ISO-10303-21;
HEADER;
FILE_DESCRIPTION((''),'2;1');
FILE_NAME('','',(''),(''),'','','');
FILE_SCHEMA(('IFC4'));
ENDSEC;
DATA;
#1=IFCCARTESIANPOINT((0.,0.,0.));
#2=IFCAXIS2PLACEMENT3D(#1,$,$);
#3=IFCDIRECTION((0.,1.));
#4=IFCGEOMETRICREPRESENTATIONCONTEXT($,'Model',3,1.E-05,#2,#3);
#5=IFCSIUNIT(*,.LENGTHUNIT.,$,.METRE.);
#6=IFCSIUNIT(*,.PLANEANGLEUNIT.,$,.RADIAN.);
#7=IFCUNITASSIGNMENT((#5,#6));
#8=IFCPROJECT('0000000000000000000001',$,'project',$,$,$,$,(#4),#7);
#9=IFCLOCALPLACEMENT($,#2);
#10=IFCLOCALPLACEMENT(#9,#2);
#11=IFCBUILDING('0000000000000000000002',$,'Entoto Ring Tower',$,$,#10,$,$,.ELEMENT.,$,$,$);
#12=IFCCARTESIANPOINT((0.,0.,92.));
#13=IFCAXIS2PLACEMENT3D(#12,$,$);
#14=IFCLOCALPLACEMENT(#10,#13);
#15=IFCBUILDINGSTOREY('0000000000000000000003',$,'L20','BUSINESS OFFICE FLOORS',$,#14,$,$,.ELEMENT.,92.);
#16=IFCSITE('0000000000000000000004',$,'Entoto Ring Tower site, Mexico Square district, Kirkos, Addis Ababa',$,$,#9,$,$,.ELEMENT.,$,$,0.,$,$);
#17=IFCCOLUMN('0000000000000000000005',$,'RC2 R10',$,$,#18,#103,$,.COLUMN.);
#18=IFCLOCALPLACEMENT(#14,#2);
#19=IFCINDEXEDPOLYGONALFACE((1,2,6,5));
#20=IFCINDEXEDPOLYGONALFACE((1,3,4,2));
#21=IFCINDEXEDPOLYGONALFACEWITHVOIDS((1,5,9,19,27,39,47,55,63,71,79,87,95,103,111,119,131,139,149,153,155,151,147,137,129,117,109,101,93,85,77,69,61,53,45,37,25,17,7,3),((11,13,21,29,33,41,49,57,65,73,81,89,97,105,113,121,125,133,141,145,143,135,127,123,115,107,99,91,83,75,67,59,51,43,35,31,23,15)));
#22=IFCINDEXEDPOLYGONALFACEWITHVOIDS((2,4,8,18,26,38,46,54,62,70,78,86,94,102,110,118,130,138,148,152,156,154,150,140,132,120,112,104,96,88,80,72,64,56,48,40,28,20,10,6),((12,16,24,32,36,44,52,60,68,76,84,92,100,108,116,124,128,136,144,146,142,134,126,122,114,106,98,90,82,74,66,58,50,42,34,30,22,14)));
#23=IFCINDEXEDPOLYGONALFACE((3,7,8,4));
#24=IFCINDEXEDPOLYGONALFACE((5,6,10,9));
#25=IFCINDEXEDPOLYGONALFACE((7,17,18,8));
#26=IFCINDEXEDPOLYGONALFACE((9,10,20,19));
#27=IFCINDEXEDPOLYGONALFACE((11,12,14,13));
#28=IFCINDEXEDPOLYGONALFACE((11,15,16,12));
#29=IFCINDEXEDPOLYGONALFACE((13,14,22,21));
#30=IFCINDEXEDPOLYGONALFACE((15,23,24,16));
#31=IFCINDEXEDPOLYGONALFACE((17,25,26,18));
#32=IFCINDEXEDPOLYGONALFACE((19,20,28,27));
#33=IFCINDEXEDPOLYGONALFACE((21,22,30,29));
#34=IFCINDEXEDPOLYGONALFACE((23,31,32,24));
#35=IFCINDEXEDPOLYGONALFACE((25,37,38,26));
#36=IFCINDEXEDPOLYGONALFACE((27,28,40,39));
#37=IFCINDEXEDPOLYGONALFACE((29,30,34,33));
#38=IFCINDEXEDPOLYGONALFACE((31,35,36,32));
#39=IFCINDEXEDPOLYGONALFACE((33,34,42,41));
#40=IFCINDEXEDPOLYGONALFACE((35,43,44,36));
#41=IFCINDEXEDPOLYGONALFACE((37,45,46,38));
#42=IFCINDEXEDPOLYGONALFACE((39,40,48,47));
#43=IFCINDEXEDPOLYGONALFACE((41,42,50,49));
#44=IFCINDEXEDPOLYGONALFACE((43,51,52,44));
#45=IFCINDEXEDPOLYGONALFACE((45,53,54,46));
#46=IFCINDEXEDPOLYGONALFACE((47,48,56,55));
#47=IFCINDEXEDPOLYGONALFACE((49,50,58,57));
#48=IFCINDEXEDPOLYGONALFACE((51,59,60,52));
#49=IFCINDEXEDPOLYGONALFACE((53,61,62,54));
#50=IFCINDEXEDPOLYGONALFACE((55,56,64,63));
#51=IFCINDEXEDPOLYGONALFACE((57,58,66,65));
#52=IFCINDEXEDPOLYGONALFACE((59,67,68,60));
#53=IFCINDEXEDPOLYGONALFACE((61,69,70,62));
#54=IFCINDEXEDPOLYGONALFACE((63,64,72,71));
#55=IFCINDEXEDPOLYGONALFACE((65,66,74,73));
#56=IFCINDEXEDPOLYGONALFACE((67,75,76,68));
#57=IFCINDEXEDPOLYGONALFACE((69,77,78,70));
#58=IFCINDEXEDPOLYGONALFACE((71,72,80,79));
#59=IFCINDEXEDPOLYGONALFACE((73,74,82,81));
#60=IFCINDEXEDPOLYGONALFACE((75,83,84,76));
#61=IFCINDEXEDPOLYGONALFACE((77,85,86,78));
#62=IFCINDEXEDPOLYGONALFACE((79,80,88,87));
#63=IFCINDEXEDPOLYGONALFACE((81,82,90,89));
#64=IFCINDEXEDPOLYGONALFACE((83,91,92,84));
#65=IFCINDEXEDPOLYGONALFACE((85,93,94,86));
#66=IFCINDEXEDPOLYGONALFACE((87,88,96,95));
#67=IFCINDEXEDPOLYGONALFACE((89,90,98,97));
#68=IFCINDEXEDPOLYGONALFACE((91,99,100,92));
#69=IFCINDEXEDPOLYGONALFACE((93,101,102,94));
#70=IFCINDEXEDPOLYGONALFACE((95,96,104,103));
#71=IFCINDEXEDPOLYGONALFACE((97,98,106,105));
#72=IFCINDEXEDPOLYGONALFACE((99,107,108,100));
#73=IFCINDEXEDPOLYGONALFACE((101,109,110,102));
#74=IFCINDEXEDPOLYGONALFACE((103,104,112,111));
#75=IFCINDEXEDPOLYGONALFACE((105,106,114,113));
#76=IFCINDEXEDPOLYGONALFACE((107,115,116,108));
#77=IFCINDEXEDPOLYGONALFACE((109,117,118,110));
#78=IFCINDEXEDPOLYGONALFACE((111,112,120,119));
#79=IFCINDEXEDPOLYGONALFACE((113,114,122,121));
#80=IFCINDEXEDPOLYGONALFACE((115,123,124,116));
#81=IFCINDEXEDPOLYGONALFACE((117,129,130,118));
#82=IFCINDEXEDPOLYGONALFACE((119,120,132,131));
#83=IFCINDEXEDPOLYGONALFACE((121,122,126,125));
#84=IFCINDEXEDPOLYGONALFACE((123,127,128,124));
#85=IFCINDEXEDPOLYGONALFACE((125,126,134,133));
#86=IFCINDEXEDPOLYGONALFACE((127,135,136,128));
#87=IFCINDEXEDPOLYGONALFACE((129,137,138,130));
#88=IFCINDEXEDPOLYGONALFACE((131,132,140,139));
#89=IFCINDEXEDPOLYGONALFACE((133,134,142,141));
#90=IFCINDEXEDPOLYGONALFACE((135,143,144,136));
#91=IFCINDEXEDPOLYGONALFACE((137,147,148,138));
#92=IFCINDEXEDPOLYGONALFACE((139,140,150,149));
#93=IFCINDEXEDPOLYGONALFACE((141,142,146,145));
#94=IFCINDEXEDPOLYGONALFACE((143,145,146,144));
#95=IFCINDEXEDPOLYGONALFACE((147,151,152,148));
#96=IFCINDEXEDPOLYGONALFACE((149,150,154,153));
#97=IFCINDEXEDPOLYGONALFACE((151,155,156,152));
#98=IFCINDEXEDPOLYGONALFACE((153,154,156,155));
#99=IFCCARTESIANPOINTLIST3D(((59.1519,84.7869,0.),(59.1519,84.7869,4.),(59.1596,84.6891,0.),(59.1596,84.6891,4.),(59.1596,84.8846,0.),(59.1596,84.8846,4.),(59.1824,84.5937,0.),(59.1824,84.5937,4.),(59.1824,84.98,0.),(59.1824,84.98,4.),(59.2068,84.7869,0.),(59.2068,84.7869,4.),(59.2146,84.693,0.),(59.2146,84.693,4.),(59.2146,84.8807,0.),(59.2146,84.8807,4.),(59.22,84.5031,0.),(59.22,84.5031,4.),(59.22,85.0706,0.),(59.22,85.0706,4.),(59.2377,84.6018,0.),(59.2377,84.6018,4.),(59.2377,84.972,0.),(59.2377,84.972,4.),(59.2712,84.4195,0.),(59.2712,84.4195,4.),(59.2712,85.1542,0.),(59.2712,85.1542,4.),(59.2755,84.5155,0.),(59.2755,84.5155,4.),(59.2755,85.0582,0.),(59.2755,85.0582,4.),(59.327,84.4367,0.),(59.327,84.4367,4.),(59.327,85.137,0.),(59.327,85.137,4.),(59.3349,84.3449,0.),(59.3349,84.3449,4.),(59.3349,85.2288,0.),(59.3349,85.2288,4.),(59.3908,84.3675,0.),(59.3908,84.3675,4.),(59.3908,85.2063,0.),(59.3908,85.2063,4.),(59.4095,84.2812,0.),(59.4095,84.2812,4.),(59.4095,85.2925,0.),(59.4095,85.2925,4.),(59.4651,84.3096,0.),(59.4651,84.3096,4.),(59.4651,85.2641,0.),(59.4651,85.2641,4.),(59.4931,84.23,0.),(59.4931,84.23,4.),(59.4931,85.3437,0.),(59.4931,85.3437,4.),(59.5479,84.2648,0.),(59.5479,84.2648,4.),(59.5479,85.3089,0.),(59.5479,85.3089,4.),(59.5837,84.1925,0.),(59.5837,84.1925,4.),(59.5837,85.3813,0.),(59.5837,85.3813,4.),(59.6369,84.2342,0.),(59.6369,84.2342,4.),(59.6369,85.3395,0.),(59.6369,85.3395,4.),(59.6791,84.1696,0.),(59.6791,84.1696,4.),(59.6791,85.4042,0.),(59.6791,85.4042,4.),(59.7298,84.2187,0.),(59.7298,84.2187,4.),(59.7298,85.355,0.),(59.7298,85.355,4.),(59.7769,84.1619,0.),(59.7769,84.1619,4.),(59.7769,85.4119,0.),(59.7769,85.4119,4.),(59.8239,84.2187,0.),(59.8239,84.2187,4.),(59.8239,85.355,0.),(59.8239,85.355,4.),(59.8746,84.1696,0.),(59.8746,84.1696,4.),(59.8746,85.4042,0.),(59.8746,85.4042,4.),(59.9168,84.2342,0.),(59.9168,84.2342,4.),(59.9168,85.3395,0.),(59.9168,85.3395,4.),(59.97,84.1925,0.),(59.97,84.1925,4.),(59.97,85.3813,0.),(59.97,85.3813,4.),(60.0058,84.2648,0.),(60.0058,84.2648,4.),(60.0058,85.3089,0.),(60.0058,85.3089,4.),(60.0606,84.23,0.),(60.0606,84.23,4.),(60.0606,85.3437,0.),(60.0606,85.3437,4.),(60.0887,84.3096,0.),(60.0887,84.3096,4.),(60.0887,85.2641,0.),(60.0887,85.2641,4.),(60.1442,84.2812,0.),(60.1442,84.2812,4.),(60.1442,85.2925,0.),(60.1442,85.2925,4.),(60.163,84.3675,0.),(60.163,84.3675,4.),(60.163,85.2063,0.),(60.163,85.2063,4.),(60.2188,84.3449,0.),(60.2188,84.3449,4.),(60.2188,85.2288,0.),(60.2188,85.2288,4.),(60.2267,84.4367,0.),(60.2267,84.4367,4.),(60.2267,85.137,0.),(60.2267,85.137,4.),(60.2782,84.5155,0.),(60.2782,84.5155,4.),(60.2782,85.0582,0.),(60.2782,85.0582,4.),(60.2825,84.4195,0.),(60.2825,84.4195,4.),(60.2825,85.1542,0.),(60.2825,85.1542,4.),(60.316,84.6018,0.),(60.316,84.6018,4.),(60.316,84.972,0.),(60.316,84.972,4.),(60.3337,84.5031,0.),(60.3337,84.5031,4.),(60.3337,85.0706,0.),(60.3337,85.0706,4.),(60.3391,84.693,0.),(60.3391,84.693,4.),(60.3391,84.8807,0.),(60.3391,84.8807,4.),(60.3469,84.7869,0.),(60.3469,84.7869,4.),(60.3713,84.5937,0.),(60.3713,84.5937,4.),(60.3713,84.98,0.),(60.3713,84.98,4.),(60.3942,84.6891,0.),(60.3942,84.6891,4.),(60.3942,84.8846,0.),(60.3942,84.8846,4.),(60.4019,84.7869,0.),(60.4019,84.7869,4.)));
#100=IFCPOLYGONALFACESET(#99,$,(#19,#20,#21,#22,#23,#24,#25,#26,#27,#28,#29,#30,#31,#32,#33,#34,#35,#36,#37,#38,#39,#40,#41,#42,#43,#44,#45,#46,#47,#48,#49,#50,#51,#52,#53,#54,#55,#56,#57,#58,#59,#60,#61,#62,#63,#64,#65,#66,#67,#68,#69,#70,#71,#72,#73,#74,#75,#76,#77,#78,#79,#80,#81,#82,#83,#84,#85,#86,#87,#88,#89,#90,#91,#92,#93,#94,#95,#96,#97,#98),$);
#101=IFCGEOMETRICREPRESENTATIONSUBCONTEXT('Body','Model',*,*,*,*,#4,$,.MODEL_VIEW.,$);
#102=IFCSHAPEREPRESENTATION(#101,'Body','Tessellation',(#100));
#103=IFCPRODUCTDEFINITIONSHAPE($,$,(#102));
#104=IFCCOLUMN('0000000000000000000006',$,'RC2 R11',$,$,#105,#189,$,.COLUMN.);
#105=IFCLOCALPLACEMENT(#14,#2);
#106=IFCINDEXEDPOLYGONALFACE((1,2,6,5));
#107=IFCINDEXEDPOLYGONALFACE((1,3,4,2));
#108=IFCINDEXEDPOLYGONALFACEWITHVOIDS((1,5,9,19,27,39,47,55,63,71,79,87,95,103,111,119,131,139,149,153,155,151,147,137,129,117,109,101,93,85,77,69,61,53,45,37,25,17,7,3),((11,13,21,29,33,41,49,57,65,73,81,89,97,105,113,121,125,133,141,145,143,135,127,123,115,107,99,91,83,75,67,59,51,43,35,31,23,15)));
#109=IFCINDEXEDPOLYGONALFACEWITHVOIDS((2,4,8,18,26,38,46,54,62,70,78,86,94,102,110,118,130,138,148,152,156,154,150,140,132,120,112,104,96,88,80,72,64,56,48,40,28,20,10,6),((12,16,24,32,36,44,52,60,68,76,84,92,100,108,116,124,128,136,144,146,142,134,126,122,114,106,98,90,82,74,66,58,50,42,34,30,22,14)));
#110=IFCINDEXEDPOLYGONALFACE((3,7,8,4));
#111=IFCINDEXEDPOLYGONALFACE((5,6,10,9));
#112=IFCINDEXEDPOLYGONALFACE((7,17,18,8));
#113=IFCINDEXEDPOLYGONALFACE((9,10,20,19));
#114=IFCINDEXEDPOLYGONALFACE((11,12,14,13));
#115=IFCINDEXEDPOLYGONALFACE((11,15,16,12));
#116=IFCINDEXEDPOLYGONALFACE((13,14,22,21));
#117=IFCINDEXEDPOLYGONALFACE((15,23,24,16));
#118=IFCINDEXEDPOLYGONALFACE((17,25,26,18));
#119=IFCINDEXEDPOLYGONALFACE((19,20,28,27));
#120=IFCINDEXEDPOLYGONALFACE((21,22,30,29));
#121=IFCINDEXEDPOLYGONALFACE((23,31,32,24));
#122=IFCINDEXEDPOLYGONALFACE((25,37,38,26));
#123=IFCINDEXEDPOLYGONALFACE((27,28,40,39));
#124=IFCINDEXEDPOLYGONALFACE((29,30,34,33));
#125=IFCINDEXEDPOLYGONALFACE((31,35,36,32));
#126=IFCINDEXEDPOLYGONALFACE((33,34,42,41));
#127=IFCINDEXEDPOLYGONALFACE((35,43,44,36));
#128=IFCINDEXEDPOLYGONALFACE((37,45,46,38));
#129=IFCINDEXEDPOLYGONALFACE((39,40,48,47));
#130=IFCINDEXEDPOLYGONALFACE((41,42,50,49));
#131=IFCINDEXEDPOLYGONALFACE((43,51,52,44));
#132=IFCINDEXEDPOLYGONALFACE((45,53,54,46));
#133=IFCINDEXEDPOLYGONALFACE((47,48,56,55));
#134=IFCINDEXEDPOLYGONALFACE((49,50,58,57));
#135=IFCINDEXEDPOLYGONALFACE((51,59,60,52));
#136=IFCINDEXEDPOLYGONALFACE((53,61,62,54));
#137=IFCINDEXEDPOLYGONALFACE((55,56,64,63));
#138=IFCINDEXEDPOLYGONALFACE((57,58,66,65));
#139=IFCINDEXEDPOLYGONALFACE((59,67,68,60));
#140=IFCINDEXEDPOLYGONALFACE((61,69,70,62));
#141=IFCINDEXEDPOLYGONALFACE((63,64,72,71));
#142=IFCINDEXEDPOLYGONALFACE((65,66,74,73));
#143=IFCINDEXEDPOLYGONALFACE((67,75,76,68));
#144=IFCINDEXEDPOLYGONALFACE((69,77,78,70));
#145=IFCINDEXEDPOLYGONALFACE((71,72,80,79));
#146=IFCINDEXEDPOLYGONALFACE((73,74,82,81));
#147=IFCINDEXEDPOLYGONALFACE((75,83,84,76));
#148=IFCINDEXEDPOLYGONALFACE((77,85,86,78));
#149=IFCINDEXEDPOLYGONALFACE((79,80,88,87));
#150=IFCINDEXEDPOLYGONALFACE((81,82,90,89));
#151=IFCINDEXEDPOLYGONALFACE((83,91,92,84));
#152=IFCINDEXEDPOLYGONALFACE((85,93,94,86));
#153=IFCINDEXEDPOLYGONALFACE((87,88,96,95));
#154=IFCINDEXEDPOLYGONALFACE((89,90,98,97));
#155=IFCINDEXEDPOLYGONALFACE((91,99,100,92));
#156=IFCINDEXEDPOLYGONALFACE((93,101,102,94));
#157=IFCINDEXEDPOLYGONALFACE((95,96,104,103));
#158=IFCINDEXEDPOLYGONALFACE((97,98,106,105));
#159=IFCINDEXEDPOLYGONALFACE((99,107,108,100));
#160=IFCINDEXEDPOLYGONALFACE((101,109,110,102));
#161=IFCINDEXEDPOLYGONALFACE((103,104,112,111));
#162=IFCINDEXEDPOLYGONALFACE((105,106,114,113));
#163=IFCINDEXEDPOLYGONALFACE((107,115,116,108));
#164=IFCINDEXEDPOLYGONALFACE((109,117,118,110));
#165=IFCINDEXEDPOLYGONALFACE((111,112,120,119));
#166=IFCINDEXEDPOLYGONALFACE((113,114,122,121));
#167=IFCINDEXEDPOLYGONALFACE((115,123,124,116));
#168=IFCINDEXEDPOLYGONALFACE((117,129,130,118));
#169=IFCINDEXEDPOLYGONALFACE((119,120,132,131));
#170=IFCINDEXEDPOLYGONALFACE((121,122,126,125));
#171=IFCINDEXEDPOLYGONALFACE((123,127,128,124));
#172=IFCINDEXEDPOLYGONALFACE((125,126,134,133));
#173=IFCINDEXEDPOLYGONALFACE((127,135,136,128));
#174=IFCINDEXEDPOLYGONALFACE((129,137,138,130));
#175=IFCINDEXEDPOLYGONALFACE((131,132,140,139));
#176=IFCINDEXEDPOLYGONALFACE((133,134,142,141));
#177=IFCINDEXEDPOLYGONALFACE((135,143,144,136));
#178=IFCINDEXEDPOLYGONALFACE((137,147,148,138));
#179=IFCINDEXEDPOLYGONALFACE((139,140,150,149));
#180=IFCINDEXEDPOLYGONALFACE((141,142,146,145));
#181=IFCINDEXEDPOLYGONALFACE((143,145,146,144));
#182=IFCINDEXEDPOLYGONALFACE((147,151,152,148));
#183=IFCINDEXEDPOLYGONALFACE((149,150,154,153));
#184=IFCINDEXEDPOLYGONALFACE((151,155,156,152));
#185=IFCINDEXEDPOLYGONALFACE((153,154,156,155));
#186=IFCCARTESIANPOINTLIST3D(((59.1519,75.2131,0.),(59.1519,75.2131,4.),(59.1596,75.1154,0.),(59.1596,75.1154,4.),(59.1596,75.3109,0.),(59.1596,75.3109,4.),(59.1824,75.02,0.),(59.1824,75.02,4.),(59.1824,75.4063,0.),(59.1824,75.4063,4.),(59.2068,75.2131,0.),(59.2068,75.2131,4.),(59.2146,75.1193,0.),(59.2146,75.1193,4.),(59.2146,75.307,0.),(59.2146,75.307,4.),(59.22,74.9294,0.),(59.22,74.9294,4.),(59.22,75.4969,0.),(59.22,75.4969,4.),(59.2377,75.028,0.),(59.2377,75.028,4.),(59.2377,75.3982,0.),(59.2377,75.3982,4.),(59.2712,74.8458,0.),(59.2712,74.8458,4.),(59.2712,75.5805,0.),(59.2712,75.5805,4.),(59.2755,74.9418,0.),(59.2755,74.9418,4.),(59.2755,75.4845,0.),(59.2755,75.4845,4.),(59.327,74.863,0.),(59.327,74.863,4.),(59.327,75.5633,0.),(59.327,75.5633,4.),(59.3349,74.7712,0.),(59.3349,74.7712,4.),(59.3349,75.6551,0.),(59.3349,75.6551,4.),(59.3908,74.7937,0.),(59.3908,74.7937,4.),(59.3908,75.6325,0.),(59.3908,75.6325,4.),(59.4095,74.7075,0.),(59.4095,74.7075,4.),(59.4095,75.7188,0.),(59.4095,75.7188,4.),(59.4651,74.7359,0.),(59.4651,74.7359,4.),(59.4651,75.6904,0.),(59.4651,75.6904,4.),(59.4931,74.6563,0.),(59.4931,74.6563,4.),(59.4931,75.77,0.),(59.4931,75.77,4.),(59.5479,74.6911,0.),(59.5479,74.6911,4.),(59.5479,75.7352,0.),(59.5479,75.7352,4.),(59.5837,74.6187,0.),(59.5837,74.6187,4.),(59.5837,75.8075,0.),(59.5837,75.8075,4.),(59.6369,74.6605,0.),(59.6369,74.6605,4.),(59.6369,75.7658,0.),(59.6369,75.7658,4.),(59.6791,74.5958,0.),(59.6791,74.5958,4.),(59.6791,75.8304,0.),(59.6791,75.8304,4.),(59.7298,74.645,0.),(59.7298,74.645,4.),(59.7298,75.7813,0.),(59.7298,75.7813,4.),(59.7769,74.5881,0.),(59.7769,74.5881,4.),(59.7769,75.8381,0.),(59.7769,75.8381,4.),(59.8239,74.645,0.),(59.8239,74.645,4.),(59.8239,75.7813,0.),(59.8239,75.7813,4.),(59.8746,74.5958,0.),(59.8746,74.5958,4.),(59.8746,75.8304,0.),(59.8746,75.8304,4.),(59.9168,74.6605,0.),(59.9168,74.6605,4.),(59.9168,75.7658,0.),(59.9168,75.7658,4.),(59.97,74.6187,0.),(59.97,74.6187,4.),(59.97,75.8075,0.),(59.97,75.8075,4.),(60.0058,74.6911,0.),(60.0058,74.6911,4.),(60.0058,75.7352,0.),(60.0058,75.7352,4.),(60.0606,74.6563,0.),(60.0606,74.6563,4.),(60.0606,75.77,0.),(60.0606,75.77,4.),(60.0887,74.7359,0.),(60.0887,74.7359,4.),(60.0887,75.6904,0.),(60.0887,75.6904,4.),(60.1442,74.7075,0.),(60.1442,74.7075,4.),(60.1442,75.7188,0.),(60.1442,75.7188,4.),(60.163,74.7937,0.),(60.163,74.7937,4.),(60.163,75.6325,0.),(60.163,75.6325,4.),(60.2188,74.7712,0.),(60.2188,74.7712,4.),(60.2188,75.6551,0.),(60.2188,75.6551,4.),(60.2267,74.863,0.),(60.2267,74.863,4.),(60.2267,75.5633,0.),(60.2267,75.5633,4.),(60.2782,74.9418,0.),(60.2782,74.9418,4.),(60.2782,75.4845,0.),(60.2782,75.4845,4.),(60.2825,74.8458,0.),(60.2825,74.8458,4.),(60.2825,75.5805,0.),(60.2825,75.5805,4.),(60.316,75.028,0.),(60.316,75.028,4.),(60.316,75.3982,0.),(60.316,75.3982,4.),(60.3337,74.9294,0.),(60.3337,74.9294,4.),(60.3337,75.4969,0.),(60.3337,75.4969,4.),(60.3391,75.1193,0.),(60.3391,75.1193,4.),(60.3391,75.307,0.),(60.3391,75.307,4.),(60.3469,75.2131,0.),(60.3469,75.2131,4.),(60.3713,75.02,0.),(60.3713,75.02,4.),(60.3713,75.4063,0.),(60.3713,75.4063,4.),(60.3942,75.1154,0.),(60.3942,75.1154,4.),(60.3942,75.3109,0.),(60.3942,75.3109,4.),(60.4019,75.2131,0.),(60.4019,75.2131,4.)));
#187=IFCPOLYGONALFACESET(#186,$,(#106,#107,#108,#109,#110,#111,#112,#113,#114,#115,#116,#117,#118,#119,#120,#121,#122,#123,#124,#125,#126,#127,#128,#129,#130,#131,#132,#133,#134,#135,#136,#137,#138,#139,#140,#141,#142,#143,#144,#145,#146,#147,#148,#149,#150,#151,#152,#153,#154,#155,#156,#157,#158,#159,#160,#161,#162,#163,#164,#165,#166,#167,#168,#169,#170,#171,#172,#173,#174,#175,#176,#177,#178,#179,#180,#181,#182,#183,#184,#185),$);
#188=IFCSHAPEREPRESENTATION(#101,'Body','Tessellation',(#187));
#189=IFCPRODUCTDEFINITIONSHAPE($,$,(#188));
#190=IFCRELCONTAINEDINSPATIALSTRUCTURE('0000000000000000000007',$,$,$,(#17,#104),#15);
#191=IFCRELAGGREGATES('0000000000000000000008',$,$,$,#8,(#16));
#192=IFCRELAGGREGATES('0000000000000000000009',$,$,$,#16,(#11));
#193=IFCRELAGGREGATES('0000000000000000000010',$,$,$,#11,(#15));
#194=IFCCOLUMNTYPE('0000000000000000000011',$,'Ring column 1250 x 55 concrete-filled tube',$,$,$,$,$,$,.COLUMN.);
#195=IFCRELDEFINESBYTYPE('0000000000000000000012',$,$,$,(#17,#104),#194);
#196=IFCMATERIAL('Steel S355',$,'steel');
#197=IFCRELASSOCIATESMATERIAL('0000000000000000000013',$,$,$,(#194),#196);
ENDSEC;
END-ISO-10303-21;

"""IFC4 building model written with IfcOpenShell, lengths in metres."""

from ifc_helpers import new_model, si_unit, direction, frame, origin, origin_2d, place, context, subcontext, project, spatial, circle, hollow_circle, extrude, material, material_profile, profile_set, type_object, element, save


model = new_model("IFC4")

# Units and contexts
model_context = context("Model", 3, precision=1e-05, world=origin(), true_north=direction((0.0, 1.0)))
body_context = subcontext(model_context, "Body", "Model", "MODEL_VIEW")
ifc_project = project(units=[si_unit("LENGTHUNIT", "METRE"), si_unit("PLANEANGLEUNIT", "RADIAN")], contexts=[model_context])

# Site, building, storey
site_placement = place(None, origin())
site = spatial("IfcSite", under=ifc_project, at=site_placement, Name="Entoto Ring Tower site, Mexico Square district, Kirkos, Addis Ababa", CompositionType="ELEMENT", RefElevation=0.0)
building_placement = place(site_placement, origin())
building = spatial("IfcBuilding", under=site, at=building_placement, Name="Entoto Ring Tower", CompositionType="ELEMENT")
storey_placement = place(building_placement, frame((0.0, 0.0, 92.0)))
storey = spatial("IfcBuildingStorey", under=building, at=storey_placement, Name="L20", Description="BUSINESS OFFICE FLOORS", CompositionType="ELEMENT", Elevation=92.0)

# Columns
ifc_material_1 = material(Name="Steel S355", Category="steel")
ifc_material_profile_1 = material_profile(ifc_material_1, hollow_circle(Radius=0.625, WallThickness=0.0549, at=origin_2d()), Name="CHS 1250 x 55")
ifc_material_2 = material(Name="Concrete C60/75", Category="concrete")
ifc_material_profile_2 = material_profile(ifc_material_2, circle(Radius=0.5701, at=origin_2d()), Name="Concrete C60/75 infill")
ifc_profile_set_1 = profile_set([ifc_material_profile_1, ifc_material_profile_2], Name="Steel S355")
column_type = type_object("IfcColumnType", Name="Ring column 1250 x 55 concrete-filled tube", PredefinedType="COLUMN", material=ifc_profile_set_1)
for number, where, z_axis, x_axis, name in (
    (1, (59.7769, 84.7869, 0.0), (0.0, 0.0, 1.0), (1.0, 0.0, 0.0), "RC2 R10"),
    (2, (59.7769, 75.2131, 0.0), (0.0, 0.0, 1.0), (1.0, 0.0, 0.0), "RC2 R11"),
):
    element("IfcColumn", number, at=place(storey_placement, frame(where, z_axis=z_axis, x_axis=x_axis)), inside=storey, type_object=column_type, Name=name, PredefinedType="COLUMN", context=body_context, shape_type="SweptSolid", body=[
        extrude(hollow_circle(Radius=0.625, WallThickness=0.0549, at=origin_2d()), origin(), (0.0, 0.0, 1.0), 4.0),
    ])

save(model, "model.ifc")
